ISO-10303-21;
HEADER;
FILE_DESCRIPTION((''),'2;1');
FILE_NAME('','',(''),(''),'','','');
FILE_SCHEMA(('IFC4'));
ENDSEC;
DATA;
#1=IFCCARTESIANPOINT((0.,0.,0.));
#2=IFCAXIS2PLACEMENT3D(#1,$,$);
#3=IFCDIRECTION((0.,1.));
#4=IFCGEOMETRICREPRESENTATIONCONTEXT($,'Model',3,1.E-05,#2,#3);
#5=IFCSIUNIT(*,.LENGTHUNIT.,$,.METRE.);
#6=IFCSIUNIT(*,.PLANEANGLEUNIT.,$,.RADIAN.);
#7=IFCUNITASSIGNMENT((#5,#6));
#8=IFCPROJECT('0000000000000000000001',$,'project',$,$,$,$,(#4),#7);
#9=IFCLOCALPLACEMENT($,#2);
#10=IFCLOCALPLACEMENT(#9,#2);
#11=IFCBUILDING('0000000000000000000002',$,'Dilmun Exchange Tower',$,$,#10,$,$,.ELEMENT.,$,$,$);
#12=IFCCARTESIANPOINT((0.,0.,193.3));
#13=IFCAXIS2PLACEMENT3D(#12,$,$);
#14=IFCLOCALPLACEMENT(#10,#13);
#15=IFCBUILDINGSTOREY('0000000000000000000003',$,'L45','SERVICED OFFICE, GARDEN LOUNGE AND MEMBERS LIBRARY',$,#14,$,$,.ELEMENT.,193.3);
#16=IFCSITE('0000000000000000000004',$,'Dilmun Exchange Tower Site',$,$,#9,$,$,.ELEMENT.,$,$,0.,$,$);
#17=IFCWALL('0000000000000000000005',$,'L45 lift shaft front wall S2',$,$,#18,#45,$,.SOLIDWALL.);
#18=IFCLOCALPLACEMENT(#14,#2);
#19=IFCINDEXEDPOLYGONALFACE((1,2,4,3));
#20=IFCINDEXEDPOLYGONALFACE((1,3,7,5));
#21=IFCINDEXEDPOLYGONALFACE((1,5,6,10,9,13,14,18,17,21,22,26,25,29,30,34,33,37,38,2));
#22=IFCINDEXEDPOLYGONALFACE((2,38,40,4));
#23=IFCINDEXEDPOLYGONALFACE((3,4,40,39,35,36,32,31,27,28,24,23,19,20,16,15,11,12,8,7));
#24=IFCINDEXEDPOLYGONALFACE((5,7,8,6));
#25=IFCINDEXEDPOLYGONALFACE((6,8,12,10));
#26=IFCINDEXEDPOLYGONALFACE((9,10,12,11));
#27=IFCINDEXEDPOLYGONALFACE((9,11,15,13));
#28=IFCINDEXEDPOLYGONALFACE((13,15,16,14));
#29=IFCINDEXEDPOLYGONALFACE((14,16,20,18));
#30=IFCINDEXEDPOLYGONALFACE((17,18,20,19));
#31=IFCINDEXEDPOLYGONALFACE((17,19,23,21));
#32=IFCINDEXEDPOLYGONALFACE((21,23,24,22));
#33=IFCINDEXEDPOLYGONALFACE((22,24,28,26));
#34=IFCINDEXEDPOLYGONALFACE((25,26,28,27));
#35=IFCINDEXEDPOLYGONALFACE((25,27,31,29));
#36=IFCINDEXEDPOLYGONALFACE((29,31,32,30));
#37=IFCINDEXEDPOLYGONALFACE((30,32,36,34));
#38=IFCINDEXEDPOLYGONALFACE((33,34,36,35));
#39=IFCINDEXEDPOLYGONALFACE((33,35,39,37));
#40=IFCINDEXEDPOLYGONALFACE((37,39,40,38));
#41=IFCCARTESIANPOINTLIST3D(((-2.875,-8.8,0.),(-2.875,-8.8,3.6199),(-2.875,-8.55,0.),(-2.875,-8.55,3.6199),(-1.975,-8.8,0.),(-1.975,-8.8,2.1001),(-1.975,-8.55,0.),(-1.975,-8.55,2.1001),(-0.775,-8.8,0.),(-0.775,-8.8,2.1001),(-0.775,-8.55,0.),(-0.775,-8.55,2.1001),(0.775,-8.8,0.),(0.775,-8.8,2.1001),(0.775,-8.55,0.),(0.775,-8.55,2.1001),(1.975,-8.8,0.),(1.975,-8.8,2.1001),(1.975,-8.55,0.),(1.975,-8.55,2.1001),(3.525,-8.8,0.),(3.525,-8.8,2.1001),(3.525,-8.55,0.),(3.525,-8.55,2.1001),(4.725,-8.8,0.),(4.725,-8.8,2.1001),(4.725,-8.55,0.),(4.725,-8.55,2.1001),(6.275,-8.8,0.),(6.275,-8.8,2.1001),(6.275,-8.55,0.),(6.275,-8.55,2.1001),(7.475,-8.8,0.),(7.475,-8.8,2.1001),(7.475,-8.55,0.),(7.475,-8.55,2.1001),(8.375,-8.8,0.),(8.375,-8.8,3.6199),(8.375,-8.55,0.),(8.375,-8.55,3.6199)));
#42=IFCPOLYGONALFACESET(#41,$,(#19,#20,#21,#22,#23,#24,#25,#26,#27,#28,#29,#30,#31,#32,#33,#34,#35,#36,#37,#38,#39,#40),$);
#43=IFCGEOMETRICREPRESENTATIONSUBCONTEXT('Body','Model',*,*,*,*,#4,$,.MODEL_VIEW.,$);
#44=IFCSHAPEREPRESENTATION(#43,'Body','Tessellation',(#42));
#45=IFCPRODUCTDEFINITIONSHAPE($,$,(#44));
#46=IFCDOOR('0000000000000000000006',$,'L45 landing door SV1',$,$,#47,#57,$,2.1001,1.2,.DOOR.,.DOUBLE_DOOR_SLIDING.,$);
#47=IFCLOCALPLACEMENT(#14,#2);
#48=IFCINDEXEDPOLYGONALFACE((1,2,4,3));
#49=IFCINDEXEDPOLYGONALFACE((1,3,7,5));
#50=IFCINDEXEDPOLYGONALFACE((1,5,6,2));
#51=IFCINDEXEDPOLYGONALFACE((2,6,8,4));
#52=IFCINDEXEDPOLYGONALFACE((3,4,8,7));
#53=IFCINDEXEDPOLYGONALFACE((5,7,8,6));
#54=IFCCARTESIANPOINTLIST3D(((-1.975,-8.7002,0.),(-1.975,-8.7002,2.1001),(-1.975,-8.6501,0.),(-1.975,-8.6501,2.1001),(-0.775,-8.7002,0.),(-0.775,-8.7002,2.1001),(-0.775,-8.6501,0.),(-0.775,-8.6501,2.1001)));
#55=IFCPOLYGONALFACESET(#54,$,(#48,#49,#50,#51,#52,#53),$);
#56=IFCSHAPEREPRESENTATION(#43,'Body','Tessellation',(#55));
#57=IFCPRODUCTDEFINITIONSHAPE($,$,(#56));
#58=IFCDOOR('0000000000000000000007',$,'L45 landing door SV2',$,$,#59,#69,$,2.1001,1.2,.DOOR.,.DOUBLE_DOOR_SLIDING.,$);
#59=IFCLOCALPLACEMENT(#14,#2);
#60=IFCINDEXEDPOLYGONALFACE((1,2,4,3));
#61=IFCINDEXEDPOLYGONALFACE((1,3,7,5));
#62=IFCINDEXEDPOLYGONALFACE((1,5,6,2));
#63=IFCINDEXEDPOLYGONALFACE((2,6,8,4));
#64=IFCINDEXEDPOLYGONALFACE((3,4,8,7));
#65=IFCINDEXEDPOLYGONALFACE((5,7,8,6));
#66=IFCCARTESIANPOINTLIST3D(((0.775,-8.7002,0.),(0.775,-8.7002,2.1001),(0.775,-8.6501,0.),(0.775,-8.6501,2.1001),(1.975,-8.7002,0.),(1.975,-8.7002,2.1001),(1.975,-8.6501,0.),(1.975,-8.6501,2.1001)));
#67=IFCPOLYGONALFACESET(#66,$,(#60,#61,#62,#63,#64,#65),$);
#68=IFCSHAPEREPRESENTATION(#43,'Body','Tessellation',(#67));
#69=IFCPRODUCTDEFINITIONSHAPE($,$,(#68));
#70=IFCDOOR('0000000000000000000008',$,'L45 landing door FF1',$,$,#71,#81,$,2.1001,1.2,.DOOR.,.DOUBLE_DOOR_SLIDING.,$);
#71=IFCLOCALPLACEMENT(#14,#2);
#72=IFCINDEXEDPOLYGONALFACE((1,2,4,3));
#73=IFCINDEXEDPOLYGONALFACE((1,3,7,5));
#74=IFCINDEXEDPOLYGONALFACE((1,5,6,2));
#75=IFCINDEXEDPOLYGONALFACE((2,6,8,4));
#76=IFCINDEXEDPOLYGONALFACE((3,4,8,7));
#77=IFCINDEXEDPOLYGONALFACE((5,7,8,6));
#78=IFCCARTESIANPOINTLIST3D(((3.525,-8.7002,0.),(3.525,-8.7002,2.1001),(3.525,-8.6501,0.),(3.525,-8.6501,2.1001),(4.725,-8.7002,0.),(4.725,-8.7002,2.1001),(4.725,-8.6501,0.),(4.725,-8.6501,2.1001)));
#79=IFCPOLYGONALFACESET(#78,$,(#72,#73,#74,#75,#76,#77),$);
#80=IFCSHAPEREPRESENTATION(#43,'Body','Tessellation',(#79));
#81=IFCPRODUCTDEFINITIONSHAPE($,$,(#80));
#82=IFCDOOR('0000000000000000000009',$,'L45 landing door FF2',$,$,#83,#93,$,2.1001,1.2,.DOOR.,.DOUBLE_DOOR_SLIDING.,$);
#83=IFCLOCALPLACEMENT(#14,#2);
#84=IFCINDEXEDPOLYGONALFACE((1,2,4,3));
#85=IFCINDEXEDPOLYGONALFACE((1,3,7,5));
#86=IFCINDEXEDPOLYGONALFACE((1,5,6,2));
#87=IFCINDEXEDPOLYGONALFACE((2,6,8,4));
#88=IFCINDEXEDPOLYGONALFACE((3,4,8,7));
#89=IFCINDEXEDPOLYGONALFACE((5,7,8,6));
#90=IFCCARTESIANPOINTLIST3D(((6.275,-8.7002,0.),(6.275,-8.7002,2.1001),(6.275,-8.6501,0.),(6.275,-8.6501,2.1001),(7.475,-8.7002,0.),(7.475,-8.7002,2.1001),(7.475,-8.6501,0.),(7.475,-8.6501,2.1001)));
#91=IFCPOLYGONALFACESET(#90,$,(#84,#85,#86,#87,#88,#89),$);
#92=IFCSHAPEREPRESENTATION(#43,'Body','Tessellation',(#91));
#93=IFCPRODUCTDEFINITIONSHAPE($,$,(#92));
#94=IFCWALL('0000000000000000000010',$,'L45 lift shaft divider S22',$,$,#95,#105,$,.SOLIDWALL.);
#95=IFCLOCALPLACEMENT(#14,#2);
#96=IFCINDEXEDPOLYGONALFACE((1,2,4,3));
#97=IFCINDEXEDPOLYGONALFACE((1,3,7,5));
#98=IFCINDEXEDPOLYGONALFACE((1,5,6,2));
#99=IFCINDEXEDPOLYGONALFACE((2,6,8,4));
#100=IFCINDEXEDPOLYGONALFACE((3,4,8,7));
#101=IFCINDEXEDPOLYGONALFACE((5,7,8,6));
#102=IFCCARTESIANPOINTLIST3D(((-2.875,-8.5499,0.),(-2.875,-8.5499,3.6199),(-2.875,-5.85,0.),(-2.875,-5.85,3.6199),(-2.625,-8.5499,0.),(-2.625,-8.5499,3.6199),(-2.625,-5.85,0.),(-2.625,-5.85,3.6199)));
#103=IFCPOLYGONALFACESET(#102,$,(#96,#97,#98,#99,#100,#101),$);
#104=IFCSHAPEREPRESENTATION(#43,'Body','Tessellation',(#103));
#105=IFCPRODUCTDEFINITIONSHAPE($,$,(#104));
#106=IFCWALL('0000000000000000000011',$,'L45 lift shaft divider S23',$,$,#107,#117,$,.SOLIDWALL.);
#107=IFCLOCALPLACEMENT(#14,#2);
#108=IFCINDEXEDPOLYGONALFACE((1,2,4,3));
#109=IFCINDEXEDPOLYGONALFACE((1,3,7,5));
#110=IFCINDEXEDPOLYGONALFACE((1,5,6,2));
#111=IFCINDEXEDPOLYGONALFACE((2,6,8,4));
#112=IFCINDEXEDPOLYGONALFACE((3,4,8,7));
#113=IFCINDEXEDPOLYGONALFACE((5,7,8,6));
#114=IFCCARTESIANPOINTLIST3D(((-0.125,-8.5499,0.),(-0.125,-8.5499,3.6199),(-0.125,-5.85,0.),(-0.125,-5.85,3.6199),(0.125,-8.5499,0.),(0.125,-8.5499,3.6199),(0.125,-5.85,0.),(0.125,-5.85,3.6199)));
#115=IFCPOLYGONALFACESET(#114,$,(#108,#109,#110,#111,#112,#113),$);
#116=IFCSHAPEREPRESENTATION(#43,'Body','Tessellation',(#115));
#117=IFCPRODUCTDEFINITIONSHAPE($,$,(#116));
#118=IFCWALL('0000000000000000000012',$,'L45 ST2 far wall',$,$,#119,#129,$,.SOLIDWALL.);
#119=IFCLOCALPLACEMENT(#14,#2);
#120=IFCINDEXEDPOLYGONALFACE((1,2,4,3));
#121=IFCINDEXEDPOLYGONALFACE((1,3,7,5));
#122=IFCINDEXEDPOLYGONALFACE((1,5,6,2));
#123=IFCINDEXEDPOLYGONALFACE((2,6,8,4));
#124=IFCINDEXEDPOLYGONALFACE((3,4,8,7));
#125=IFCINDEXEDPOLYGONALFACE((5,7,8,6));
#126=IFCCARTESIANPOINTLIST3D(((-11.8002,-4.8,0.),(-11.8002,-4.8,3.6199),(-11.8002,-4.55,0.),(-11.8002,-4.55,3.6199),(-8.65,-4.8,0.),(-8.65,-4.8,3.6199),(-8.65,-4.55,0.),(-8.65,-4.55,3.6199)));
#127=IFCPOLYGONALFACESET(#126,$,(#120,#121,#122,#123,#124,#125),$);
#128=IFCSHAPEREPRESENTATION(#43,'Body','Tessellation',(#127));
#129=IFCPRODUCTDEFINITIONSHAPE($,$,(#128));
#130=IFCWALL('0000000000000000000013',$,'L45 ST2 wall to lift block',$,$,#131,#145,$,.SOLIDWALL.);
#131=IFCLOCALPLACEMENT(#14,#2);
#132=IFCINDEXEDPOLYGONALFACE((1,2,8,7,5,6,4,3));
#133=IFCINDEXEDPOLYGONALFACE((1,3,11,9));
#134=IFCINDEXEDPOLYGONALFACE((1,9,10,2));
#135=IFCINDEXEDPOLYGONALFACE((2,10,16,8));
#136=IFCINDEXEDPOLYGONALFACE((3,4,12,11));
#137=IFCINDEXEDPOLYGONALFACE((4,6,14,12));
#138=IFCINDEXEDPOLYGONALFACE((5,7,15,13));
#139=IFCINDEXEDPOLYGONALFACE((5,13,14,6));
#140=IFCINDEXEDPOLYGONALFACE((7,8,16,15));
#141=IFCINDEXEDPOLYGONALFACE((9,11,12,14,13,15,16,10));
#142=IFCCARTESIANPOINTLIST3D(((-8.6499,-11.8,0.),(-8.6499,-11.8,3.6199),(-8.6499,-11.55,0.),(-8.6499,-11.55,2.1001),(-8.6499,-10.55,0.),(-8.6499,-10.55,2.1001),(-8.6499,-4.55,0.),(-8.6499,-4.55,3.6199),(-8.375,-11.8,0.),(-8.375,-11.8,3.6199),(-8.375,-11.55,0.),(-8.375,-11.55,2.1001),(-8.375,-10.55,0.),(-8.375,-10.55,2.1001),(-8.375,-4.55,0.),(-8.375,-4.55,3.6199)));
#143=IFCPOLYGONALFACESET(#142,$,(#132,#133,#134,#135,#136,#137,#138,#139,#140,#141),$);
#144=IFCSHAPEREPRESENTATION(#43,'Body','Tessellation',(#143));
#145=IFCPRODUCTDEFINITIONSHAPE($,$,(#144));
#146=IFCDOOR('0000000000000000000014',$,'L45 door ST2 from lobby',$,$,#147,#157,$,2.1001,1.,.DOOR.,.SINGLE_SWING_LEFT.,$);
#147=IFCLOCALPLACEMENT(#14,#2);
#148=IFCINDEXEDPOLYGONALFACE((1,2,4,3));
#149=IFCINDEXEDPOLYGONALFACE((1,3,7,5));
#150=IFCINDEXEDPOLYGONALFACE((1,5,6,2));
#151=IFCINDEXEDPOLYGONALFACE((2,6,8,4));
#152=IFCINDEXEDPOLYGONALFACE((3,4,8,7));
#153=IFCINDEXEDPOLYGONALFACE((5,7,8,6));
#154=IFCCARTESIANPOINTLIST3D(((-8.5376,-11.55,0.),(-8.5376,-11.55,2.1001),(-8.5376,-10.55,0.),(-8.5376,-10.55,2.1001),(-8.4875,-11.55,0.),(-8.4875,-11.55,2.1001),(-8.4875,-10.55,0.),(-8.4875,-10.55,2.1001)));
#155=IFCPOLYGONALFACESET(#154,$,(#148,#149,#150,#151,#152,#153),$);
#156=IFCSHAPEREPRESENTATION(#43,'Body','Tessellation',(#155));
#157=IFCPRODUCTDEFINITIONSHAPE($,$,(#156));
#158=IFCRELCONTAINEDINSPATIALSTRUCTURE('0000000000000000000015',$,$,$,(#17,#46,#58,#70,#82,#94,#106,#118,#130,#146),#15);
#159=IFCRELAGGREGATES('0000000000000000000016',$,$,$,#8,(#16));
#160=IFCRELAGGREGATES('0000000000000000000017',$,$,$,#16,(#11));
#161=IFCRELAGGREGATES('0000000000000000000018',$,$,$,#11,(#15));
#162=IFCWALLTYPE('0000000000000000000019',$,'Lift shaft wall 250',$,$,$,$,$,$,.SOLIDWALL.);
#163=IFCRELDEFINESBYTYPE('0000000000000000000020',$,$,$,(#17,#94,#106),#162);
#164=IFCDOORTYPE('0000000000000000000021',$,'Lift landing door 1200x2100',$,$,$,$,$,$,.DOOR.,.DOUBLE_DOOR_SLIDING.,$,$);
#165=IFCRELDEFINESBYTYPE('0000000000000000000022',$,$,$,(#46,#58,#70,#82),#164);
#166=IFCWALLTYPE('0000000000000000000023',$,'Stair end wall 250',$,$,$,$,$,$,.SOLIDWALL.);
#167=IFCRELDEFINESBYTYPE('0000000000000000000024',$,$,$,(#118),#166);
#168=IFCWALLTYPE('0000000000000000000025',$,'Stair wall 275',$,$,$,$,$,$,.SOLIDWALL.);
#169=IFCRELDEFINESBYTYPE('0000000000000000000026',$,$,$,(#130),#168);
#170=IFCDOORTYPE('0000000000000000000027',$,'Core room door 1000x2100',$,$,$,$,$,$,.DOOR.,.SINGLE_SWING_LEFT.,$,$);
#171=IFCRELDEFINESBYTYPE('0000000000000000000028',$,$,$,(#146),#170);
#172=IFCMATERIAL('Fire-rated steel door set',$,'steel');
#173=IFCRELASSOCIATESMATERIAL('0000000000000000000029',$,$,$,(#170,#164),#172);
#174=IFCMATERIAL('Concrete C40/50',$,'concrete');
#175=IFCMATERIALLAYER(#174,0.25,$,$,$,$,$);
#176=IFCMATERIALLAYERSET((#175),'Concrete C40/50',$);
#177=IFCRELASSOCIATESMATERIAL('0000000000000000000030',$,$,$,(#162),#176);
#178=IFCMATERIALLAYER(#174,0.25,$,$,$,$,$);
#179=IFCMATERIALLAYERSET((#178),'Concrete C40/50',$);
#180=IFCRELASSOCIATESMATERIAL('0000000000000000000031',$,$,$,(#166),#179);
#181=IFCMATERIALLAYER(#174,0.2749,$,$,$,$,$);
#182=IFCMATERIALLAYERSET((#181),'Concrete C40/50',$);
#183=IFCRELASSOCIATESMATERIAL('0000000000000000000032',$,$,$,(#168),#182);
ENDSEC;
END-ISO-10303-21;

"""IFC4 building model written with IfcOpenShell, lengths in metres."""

from ifc_helpers import new_model, si_unit, direction, frame, frame_2d, origin, place, context, subcontext, project, spatial, rectangle, extrude, material, layer, layer_set, type_object, element, fill, save


model = new_model("IFC4")

# Units and contexts
model_context = context("Model", 3, precision=1e-05, world=origin(), true_north=direction((0.0, 1.0)))
body_context = subcontext(model_context, "Body", "Model", "MODEL_VIEW")
ifc_project = project(units=[si_unit("LENGTHUNIT", "METRE"), si_unit("PLANEANGLEUNIT", "RADIAN")], contexts=[model_context])

# Site, building, storey
site_placement = place(None, origin())
site = spatial("IfcSite", under=ifc_project, at=site_placement, Name="Dilmun Exchange Tower Site", CompositionType="ELEMENT", RefElevation=0.0)
building_placement = place(site_placement, origin())
building = spatial("IfcBuilding", under=site, at=building_placement, Name="Dilmun Exchange Tower", CompositionType="ELEMENT")
storey_placement = place(building_placement, frame((0.0, 0.0, 193.3)))
storey = spatial("IfcBuildingStorey", under=building, at=storey_placement, Name="L45", Description="SERVICED OFFICE, GARDEN LOUNGE AND MEMBERS LIBRARY", CompositionType="ELEMENT", Elevation=193.3)

# Shared definitions
ifc_material_1 = material(Name="Concrete C40/50", Category="concrete")

# Shared definitions
ifc_material_2 = material(Name="Fire-rated steel door set", Category="steel")
door_type_1 = type_object("IfcDoorType", Name="Core room door 1000x2100", OperationType="SINGLE_SWING_LEFT", PredefinedType="DOOR", material=ifc_material_2)

# Shared definitions
ifc_layer_1 = layer(ifc_material_1, 0.25)
ifc_layer_set_1 = layer_set([ifc_layer_1], Name="Concrete C40/50")
wall_type_1 = type_object("IfcWallType", Name="Lift shaft wall 250", PredefinedType="SOLIDWALL", material=ifc_layer_set_1)

# Wall, openings, doors
wall_1_placement = place(storey_placement, frame((-2.875, -8.675, 0.0), z_axis=(0.0, 0.0, 1.0), x_axis=(1.0, 0.0, 0.0)))
wall_1 = element("IfcWall", 1, at=wall_1_placement, inside=storey, type_object=wall_type_1, Name="L45 lift shaft front wall S2", PredefinedType="SOLIDWALL", context=body_context, shape_type="SweptSolid", body=[
    extrude(rectangle(XDim=11.25, YDim=0.25, at=frame_2d((5.625, 0.0))), origin(), (0.0, 0.0, 1.0), 3.6199),
])
opening_1_placement = place(wall_1_placement, frame((0.8999, 0.0, 0.0)))
opening_1 = element("IfcOpeningElement", 2, at=opening_1_placement, cuts=wall_1, PredefinedType="OPENING", context=body_context, shape_type="SweptSolid", body=[
    extrude(rectangle(XDim=1.2, YDim=2.1001, at=frame_2d((0.6001, 1.05))), frame((0.0, 0.135, 0.0), z_axis=(0.0, -1.0, 0.0), x_axis=(1.0, 0.0, 0.0)), (0.0, 0.0, 1.0), 0.27),
])
opening_2_placement = place(wall_1_placement, frame((3.6499, 0.0, 0.0)))
opening_2 = element("IfcOpeningElement", 3, at=opening_2_placement, cuts=wall_1, PredefinedType="OPENING", context=body_context, shape_type="SweptSolid", body=[
    extrude(rectangle(XDim=1.2, YDim=2.1001, at=frame_2d((0.6001, 1.05))), frame((0.0, 0.135, 0.0), z_axis=(0.0, -1.0, 0.0), x_axis=(1.0, 0.0, 0.0)), (0.0, 0.0, 1.0), 0.27),
])
opening_3_placement = place(wall_1_placement, frame((6.3999, 0.0, 0.0)))
opening_3 = element("IfcOpeningElement", 4, at=opening_3_placement, cuts=wall_1, PredefinedType="OPENING", context=body_context, shape_type="SweptSolid", body=[
    extrude(rectangle(XDim=1.2, YDim=2.1001, at=frame_2d((0.6001, 1.05))), frame((0.0, 0.135, 0.0), z_axis=(0.0, -1.0, 0.0), x_axis=(1.0, 0.0, 0.0)), (0.0, 0.0, 1.0), 0.27),
])
opening_4_placement = place(wall_1_placement, frame((9.1499, 0.0, 0.0)))
opening_4 = element("IfcOpeningElement", 5, at=opening_4_placement, cuts=wall_1, PredefinedType="OPENING", context=body_context, shape_type="SweptSolid", body=[
    extrude(rectangle(XDim=1.2, YDim=2.1001, at=frame_2d((0.6001, 1.05))), frame((0.0, 0.135, 0.0), z_axis=(0.0, -1.0, 0.0), x_axis=(1.0, 0.0, 0.0)), (0.0, 0.0, 1.0), 0.27),
])
door_type_2 = type_object("IfcDoorType", Name="Lift landing door 1200x2100", OperationType="DOUBLE_DOOR_SLIDING", PredefinedType="DOOR", material=ifc_material_2)
door_1_placement = place(opening_1_placement, origin())
door_1 = element("IfcDoor", 6, at=door_1_placement, inside=storey, type_object=door_type_2, Name="L45 landing door SV1", OperationType="DOUBLE_DOOR_SLIDING", OverallHeight=2.1001, OverallWidth=1.2, PredefinedType="DOOR", context=body_context, shape_type="SweptSolid", body=[
    extrude(rectangle(XDim=1.2, YDim=2.1001, at=frame_2d((0.6001, 1.05))), frame((0.0, 0.0249, 0.0), z_axis=(0.0, -1.0, 0.0), x_axis=(1.0, 0.0, 0.0)), (0.0, 0.0, 1.0), 0.05),
])
fill(opening_1, door_1)
door_2_placement = place(opening_2_placement, origin())
door_2 = element("IfcDoor", 7, at=door_2_placement, inside=storey, type_object=door_type_2, Name="L45 landing door SV2", OperationType="DOUBLE_DOOR_SLIDING", OverallHeight=2.1001, OverallWidth=1.2, PredefinedType="DOOR", context=body_context, shape_type="SweptSolid", body=[
    extrude(rectangle(XDim=1.2, YDim=2.1001, at=frame_2d((0.6001, 1.05))), frame((0.0, 0.0249, 0.0), z_axis=(0.0, -1.0, 0.0), x_axis=(1.0, 0.0, 0.0)), (0.0, 0.0, 1.0), 0.05),
])
fill(opening_2, door_2)
door_3_placement = place(opening_3_placement, origin())
door_3 = element("IfcDoor", 8, at=door_3_placement, inside=storey, type_object=door_type_2, Name="L45 landing door FF1", OperationType="DOUBLE_DOOR_SLIDING", OverallHeight=2.1001, OverallWidth=1.2, PredefinedType="DOOR", context=body_context, shape_type="SweptSolid", body=[
    extrude(rectangle(XDim=1.2, YDim=2.1001, at=frame_2d((0.6001, 1.05))), frame((0.0, 0.0249, 0.0), z_axis=(0.0, -1.0, 0.0), x_axis=(1.0, 0.0, 0.0)), (0.0, 0.0, 1.0), 0.05),
])
fill(opening_3, door_3)
door_4_placement = place(opening_4_placement, origin())
door_4 = element("IfcDoor", 9, at=door_4_placement, inside=storey, type_object=door_type_2, Name="L45 landing door FF2", OperationType="DOUBLE_DOOR_SLIDING", OverallHeight=2.1001, OverallWidth=1.2, PredefinedType="DOOR", context=body_context, shape_type="SweptSolid", body=[
    extrude(rectangle(XDim=1.2, YDim=2.1001, at=frame_2d((0.6001, 1.05))), frame((0.0, 0.0249, 0.0), z_axis=(0.0, -1.0, 0.0), x_axis=(1.0, 0.0, 0.0)), (0.0, 0.0, 1.0), 0.05),
])
fill(opening_4, door_4)

# Walls
for number, where, z_axis, x_axis, name in (
    (10, (-2.75, -8.55, 0.0), (0.0, 0.0, 1.0), (0.0, 1.0, 0.0), "L45 lift shaft divider S22"),
    (11, (0.0, -8.55, 0.0), (0.0, 0.0, 1.0), (0.0, 1.0, 0.0), "L45 lift shaft divider S23"),
):
    element("IfcWall", number, at=place(storey_placement, frame(where, z_axis=z_axis, x_axis=x_axis)), inside=storey, type_object=wall_type_1, Name=name, PredefinedType="SOLIDWALL", context=body_context, shape_type="SweptSolid", body=[
        extrude(rectangle(XDim=2.7, YDim=0.25, at=frame_2d((1.3501, 0.0))), origin(), (0.0, 0.0, 1.0), 3.6199),
    ])
ifc_layer_2 = layer(ifc_material_1, 0.25)
ifc_layer_set_2 = layer_set([ifc_layer_2], Name="Concrete C40/50")
wall_type_2 = type_object("IfcWallType", Name="Stair end wall 250", PredefinedType="SOLIDWALL", material=ifc_layer_set_2)
wall_2_placement = place(storey_placement, frame((-8.6499, -4.675, 0.0), z_axis=(0.0, 0.0, 1.0), x_axis=(-1.0, 0.0, 0.0)))
element("IfcWall", 12, at=wall_2_placement, inside=storey, type_object=wall_type_2, Name="L45 ST2 far wall", PredefinedType="SOLIDWALL", context=body_context, shape_type="SweptSolid", body=[
    extrude(rectangle(XDim=3.1501, YDim=0.25, at=frame_2d((1.5752, 0.0))), origin(), (0.0, 0.0, 1.0), 3.6199),
])

# Wall, opening, door
ifc_layer_3 = layer(ifc_material_1, 0.2749)
ifc_layer_set_3 = layer_set([ifc_layer_3], Name="Concrete C40/50")
wall_type_3 = type_object("IfcWallType", Name="Stair wall 275", PredefinedType="SOLIDWALL", material=ifc_layer_set_3)
wall_3_placement = place(storey_placement, frame((-8.5125, -4.55, 0.0), z_axis=(0.0, 0.0, 1.0), x_axis=(0.0, -1.0, 0.0)))
wall_3 = element("IfcWall", 13, at=wall_3_placement, inside=storey, type_object=wall_type_3, Name="L45 ST2 wall to lift block", PredefinedType="SOLIDWALL", context=body_context, shape_type="SweptSolid", body=[
    extrude(rectangle(XDim=7.25, YDim=0.2749, at=frame_2d((3.625, 0.0))), origin(), (0.0, 0.0, 1.0), 3.6199),
])
opening_5_placement = place(wall_3_placement, frame((6.0, 0.0, 0.0)))
opening_5 = element("IfcOpeningElement", 14, at=opening_5_placement, cuts=wall_3, PredefinedType="OPENING", context=body_context, shape_type="SweptSolid", body=[
    extrude(rectangle(XDim=1.0, YDim=2.1001, at=frame_2d((0.5, 1.05))), frame((0.0, 0.1475, 0.0), z_axis=(0.0, -1.0, 0.0), x_axis=(1.0, 0.0, 0.0)), (0.0, 0.0, 1.0), 0.2949),
])
door_5_placement = place(opening_5_placement, origin())
door_5 = element("IfcDoor", 15, at=door_5_placement, inside=storey, type_object=door_type_1, Name="L45 door ST2 from lobby", OperationType="SINGLE_SWING_LEFT", OverallHeight=2.1001, OverallWidth=1.0, PredefinedType="DOOR", context=body_context, shape_type="SweptSolid", body=[
    extrude(rectangle(XDim=1.0, YDim=2.1001, at=frame_2d((0.5, 1.05))), frame((0.0, 0.0249, 0.0), z_axis=(0.0, -1.0, 0.0), x_axis=(1.0, 0.0, 0.0)), (0.0, 0.0, 1.0), 0.05),
])
fill(opening_5, door_5)

save(model, "model.ifc")
